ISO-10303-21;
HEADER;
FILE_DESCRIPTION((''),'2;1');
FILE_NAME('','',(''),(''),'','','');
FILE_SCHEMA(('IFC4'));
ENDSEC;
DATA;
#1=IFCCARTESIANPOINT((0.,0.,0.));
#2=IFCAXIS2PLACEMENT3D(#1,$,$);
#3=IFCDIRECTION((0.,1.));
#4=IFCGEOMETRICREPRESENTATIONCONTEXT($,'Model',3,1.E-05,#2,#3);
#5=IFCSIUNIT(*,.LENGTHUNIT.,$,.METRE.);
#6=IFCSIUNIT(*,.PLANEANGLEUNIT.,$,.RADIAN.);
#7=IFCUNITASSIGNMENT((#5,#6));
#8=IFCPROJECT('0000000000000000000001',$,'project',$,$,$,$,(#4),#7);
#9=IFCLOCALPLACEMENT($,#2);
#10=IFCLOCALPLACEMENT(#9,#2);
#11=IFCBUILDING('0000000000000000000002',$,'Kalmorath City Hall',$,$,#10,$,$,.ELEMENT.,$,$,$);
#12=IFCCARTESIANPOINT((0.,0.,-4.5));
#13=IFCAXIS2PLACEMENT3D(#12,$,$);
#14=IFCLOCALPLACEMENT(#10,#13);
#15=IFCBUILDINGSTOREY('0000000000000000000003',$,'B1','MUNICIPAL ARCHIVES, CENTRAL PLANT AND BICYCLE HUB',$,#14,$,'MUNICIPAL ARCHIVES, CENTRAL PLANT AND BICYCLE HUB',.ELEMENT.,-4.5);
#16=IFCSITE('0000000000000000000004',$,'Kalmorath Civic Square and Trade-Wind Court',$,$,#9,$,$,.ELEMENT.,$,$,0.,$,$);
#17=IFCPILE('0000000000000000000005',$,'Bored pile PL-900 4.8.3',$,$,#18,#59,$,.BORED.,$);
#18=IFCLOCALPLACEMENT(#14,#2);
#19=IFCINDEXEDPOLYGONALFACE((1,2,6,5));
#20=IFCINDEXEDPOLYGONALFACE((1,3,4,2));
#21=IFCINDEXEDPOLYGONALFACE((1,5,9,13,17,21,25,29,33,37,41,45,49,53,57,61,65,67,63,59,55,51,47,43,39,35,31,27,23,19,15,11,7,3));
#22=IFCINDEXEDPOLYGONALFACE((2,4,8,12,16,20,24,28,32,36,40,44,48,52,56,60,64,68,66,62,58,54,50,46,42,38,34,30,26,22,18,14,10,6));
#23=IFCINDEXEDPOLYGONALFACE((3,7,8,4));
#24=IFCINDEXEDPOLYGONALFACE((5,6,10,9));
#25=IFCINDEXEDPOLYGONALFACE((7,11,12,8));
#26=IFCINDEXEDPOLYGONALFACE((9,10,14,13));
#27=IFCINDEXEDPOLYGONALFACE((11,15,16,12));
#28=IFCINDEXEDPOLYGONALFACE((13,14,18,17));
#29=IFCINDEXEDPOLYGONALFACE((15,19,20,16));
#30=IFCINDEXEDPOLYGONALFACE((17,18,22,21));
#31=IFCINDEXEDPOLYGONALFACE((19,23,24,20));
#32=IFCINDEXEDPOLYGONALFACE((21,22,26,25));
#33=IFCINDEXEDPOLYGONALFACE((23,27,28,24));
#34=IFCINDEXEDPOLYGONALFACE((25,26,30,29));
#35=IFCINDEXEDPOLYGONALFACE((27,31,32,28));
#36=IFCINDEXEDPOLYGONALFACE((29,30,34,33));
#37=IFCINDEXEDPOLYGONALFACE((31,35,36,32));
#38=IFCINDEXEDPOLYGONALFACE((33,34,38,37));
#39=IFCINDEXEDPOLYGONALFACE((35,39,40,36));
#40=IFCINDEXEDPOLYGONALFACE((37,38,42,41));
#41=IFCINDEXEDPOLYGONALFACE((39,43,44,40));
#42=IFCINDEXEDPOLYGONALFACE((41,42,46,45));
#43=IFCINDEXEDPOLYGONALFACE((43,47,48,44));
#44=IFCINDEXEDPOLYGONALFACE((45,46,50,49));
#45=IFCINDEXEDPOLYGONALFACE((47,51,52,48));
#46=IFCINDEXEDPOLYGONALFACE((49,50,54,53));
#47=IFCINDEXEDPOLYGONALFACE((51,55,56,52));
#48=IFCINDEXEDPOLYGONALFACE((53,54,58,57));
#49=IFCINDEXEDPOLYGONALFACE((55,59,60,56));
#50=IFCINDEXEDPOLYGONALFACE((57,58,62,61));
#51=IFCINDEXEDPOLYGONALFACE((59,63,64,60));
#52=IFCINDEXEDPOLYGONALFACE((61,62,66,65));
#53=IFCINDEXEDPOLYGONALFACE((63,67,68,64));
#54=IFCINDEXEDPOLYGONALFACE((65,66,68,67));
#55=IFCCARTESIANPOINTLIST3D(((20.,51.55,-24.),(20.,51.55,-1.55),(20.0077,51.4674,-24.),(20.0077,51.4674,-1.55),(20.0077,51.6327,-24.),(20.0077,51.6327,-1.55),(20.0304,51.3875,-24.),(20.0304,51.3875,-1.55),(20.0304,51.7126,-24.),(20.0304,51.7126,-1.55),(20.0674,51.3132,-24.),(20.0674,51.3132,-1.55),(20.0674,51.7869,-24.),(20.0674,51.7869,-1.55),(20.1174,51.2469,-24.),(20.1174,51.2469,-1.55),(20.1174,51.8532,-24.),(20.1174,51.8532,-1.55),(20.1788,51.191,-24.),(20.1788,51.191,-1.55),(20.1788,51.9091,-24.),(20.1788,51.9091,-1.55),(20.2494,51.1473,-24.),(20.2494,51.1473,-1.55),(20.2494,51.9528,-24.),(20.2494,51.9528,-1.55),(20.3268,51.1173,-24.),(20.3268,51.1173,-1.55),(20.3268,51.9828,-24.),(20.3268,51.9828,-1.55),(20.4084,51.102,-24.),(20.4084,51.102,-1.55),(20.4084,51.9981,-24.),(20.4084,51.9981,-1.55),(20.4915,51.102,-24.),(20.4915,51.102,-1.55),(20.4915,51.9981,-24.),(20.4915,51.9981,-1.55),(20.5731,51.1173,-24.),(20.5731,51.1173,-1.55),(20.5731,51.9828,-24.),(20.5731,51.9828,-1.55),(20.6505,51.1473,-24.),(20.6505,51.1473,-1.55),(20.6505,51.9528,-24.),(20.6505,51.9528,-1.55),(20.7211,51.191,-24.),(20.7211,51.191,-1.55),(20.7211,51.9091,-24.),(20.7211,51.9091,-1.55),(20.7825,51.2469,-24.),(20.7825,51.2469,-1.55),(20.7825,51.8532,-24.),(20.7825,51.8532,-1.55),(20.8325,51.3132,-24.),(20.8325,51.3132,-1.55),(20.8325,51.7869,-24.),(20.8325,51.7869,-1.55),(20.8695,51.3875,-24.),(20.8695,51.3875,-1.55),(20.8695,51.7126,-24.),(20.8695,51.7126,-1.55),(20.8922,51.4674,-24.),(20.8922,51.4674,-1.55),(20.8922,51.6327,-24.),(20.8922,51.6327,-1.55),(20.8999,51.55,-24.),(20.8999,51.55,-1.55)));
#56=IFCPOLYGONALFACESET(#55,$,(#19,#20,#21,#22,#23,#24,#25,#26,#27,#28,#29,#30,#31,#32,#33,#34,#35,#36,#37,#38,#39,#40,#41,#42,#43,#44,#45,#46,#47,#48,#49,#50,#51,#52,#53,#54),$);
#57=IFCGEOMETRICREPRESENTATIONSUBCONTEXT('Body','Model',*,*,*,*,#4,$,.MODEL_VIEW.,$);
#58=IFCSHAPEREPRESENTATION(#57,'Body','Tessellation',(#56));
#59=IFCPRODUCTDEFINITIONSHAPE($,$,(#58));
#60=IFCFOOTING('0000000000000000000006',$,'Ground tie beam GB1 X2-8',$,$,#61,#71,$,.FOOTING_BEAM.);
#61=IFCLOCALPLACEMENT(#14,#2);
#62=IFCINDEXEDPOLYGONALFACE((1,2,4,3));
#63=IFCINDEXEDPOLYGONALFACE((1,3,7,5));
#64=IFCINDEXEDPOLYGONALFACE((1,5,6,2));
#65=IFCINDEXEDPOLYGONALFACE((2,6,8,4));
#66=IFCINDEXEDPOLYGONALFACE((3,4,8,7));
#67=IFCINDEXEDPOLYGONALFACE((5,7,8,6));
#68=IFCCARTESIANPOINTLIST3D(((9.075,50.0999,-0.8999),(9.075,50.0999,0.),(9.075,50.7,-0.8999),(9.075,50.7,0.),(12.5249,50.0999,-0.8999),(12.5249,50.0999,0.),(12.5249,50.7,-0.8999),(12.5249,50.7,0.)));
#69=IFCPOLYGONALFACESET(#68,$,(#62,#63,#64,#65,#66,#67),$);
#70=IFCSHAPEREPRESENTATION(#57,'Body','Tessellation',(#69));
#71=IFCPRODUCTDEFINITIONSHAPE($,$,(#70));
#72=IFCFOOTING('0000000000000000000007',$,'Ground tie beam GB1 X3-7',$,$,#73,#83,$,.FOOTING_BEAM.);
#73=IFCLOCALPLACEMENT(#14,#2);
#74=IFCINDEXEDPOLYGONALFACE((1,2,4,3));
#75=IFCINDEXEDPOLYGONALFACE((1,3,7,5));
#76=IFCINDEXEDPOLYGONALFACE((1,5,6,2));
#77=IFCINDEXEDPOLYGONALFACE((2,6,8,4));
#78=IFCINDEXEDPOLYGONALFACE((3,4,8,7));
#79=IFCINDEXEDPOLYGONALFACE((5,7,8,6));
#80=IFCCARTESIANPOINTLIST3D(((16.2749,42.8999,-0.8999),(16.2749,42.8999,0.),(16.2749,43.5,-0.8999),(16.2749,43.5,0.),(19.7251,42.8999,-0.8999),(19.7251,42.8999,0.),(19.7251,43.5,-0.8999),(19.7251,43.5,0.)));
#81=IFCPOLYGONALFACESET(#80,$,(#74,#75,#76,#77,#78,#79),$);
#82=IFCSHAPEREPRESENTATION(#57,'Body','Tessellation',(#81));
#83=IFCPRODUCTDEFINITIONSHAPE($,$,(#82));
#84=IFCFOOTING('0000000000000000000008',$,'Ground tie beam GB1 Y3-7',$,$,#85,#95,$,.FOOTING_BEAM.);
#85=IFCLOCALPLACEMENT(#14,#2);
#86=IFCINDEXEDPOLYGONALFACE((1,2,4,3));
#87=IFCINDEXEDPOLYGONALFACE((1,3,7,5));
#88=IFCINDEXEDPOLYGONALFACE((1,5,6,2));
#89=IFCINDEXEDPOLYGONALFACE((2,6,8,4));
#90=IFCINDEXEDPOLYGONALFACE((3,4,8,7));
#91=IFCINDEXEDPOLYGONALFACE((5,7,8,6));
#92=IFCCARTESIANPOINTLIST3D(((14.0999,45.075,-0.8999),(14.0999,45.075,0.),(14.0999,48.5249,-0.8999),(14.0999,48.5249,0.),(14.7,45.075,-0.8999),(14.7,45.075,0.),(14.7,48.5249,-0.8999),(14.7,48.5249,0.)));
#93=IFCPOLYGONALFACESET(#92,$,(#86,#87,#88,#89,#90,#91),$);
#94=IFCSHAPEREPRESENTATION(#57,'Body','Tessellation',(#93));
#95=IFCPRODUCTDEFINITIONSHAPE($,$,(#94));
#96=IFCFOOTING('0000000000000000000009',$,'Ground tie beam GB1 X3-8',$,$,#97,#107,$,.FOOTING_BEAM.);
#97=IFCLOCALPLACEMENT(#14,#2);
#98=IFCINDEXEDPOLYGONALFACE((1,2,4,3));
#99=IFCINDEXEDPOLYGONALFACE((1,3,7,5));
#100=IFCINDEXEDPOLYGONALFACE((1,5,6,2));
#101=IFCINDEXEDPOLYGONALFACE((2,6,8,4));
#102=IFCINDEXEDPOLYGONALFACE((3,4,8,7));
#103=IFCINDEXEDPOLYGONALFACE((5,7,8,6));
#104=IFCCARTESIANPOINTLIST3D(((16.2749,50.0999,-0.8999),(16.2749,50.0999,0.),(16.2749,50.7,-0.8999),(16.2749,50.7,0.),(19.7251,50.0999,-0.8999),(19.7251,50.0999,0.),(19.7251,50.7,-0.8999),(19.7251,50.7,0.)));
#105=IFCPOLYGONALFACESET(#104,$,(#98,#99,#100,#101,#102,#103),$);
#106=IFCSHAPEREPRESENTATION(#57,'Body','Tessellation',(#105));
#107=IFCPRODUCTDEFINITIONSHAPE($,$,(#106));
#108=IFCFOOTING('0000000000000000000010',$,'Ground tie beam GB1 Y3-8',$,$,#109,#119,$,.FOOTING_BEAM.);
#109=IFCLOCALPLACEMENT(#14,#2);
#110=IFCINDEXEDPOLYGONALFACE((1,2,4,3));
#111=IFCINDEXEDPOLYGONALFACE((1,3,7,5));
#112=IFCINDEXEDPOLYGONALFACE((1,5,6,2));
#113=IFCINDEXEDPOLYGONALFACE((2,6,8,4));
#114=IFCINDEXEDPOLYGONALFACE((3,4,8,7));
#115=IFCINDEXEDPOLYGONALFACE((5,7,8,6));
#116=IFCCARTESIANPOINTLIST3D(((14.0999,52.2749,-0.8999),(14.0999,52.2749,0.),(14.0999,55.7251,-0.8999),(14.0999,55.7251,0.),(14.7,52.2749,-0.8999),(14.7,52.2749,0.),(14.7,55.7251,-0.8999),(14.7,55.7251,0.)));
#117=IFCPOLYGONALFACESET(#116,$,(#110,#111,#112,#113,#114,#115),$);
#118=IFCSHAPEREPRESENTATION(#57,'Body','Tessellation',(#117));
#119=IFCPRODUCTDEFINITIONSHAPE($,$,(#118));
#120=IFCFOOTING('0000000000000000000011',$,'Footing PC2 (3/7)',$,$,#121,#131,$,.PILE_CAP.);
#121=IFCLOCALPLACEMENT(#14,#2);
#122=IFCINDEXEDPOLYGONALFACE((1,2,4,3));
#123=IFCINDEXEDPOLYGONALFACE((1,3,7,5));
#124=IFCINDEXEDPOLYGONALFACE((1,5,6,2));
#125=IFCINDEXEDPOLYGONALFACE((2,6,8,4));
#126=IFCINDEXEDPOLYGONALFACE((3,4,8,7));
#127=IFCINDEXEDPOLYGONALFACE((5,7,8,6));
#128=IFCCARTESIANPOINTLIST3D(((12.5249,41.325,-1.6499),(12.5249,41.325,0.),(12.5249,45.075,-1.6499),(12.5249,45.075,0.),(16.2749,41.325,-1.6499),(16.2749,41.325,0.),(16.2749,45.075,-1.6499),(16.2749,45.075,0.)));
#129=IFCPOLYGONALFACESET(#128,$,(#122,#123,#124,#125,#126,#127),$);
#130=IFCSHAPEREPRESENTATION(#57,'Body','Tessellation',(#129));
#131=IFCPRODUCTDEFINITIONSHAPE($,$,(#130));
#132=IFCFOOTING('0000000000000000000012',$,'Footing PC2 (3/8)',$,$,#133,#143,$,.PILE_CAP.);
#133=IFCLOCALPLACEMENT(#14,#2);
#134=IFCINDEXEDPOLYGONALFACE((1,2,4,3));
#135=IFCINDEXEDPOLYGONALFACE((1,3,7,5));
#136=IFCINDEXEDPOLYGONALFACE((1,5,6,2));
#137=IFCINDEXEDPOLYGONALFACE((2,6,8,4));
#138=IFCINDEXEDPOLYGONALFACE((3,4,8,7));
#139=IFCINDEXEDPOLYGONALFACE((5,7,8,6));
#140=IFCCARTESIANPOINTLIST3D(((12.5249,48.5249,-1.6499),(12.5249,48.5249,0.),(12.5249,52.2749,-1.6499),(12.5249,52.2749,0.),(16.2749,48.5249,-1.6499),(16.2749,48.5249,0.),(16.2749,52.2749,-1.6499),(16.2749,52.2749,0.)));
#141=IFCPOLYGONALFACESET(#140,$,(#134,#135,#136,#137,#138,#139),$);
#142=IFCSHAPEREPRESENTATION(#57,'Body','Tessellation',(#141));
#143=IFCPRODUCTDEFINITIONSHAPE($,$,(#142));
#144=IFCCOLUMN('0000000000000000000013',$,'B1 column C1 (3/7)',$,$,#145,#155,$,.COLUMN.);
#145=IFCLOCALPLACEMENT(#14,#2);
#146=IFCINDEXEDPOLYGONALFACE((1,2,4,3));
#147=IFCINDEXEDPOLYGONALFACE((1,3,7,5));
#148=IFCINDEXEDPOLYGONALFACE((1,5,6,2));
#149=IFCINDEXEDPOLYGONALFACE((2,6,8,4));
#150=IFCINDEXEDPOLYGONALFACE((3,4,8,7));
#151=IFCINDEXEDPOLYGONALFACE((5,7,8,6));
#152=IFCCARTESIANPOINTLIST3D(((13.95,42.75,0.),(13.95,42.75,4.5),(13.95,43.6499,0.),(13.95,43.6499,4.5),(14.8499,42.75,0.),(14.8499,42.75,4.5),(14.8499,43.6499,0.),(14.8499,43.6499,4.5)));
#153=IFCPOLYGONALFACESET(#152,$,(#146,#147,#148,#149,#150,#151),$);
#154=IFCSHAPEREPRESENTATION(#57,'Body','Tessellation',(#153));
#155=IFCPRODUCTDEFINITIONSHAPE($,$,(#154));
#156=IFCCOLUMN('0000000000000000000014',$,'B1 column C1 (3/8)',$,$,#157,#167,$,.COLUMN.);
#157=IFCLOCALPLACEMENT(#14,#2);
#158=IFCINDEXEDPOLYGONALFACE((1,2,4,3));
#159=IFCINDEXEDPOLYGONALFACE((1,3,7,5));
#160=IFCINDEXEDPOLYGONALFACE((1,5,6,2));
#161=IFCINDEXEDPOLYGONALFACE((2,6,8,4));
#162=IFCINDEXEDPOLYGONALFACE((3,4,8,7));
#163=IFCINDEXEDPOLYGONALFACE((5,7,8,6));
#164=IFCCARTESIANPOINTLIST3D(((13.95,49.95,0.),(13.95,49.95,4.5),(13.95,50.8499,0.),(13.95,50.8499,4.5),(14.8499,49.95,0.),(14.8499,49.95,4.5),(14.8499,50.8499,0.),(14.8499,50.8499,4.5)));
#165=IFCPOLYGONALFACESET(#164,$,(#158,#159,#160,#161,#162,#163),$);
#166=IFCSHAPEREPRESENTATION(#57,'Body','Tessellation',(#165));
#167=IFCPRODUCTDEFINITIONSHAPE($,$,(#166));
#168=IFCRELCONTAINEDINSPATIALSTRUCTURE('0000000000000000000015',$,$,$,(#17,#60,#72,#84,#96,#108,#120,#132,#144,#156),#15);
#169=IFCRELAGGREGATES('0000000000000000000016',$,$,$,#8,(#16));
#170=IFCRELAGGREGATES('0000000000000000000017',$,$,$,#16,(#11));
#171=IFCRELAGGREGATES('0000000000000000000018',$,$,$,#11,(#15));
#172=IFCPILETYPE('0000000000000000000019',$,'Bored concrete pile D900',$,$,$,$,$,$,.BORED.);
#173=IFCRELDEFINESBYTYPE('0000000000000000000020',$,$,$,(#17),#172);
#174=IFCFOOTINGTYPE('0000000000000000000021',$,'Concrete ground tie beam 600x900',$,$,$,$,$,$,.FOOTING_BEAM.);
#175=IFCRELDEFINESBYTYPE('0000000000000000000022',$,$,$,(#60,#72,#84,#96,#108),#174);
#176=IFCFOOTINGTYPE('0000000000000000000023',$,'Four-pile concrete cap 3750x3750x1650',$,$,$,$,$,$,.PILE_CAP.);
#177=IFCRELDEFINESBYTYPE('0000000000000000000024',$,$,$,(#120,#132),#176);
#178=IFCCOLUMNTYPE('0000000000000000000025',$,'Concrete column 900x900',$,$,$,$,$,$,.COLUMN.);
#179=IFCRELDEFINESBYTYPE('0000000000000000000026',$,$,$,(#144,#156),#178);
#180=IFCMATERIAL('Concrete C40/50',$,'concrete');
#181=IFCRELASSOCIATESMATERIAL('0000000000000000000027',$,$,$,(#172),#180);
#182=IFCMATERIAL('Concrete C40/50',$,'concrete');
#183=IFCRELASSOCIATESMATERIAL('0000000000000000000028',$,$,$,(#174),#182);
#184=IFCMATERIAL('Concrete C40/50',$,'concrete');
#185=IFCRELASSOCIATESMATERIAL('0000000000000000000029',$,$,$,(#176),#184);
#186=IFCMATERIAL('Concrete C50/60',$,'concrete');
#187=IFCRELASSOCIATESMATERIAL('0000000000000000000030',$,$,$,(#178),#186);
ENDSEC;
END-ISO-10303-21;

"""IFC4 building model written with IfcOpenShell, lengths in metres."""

from ifc_helpers import new_model, si_unit, direction, frame, origin, origin_2d, place, context, subcontext, project, spatial, rectangle, circle, extrude, material, material_profile, profile_set, type_object, element, save


model = new_model("IFC4")

# Units and contexts
model_context = context("Model", 3, precision=1e-05, world=origin(), true_north=direction((0.0, 1.0)))
body_context = subcontext(model_context, "Body", "Model", "MODEL_VIEW")
ifc_project = project(units=[si_unit("LENGTHUNIT", "METRE"), si_unit("PLANEANGLEUNIT", "RADIAN")], contexts=[model_context])

# Site, building, storey
site_placement = place(None, origin())
site = spatial("IfcSite", under=ifc_project, at=site_placement, Name="Kalmorath Civic Square and Trade-Wind Court", CompositionType="ELEMENT", RefElevation=0.0)
building_placement = place(site_placement, origin())
building = spatial("IfcBuilding", under=site, at=building_placement, Name="Kalmorath City Hall", CompositionType="ELEMENT")
storey_placement = place(building_placement, frame((0.0, 0.0, -4.5)))
storey = spatial("IfcBuildingStorey", under=building, at=storey_placement, Name="B1", Description="MUNICIPAL ARCHIVES, CENTRAL PLANT AND BICYCLE HUB", LongName="MUNICIPAL ARCHIVES, CENTRAL PLANT AND BICYCLE HUB", CompositionType="ELEMENT", Elevation=-4.5)

# Pile
ifc_material_1 = material(Name="Concrete C40/50", Category="concrete")
ifc_material_profile_1 = material_profile(ifc_material_1, circle(Radius=0.45, at=origin_2d()), Name="PILE-D900")
ifc_profile_set_1 = profile_set([ifc_material_profile_1], Name="Concrete C40/50")
pile_type = type_object("IfcPileType", Name="Bored concrete pile D900", PredefinedType="BORED", material=ifc_profile_set_1)
for number, where, z_axis, x_axis, name in (
    (1, (20.45, 51.55, -1.55), (0.0, 0.0, -1.0), (1.0, 0.0, 0.0), "Bored pile PL-900 4.8.3"),
):
    element("IfcPile", number, at=place(storey_placement, frame(where, z_axis=z_axis, x_axis=x_axis)), inside=storey, type_object=pile_type, Name=name, PredefinedType="BORED", context=body_context, shape_type="SweptSolid", body=[
        extrude(circle(Radius=0.45, at=origin_2d()), origin(), (0.0, 0.0, 1.0), 22.45),
    ])

# Footings
ifc_material_2 = material(Name="Concrete C40/50", Category="concrete")
ifc_material_profile_2 = material_profile(ifc_material_2, rectangle(XDim=0.6001, YDim=0.8999, at=origin_2d()), Name="RC-BM-600X900")
ifc_profile_set_2 = profile_set([ifc_material_profile_2], Name="Concrete C40/50")
footing_type_1 = type_object("IfcFootingType", Name="Concrete ground tie beam 600x900", PredefinedType="FOOTING_BEAM", material=ifc_profile_set_2)
footing_1_placement = place(storey_placement, frame((9.075, 50.3999, -0.45), z_axis=(1.0, 0.0, 0.0), x_axis=(0.0, 1.0, 0.0)))
element("IfcFooting", 2, at=footing_1_placement, inside=storey, type_object=footing_type_1, Name="Ground tie beam GB1 X2-8", PredefinedType="FOOTING_BEAM", context=body_context, shape_type="SweptSolid", body=[
    extrude(rectangle(XDim=0.6001, YDim=0.8999, at=origin_2d()), origin(), (0.0, 0.0, 1.0), 3.45),
])
footing_2_placement = place(storey_placement, frame((16.2749, 43.2, -0.45), z_axis=(1.0, 0.0, 0.0), x_axis=(0.0, 1.0, 0.0)))
element("IfcFooting", 3, at=footing_2_placement, inside=storey, type_object=footing_type_1, Name="Ground tie beam GB1 X3-7", PredefinedType="FOOTING_BEAM", context=body_context, shape_type="SweptSolid", body=[
    extrude(rectangle(XDim=0.6001, YDim=0.8999, at=origin_2d()), origin(), (0.0, 0.0, 1.0), 3.4502),
])
footing_3_placement = place(storey_placement, frame((14.3999, 45.075, -0.45), z_axis=(0.0, 1.0, 0.0), x_axis=(-1.0, 0.0, 0.0)))
element("IfcFooting", 4, at=footing_3_placement, inside=storey, type_object=footing_type_1, Name="Ground tie beam GB1 Y3-7", PredefinedType="FOOTING_BEAM", context=body_context, shape_type="SweptSolid", body=[
    extrude(rectangle(XDim=0.6001, YDim=0.8999, at=origin_2d()), origin(), (0.0, 0.0, 1.0), 3.45),
])
for number, where, z_axis, x_axis, name in (
    (5, (16.2749, 50.3999, -0.45), (1.0, 0.0, 0.0), (0.0, 1.0, 0.0), "Ground tie beam GB1 X3-8"),
    (6, (14.3999, 52.2749, -0.45), (0.0, 1.0, 0.0), (-1.0, 0.0, 0.0), "Ground tie beam GB1 Y3-8"),
):
    element("IfcFooting", number, at=place(storey_placement, frame(where, z_axis=z_axis, x_axis=x_axis)), inside=storey, type_object=footing_type_1, Name=name, PredefinedType="FOOTING_BEAM", context=body_context, shape_type="SweptSolid", body=[
        extrude(rectangle(XDim=0.6001, YDim=0.8999, at=origin_2d()), origin(), (0.0, 0.0, 1.0), 3.4502),
    ])
ifc_material_3 = material(Name="Concrete C40/50", Category="concrete")
footing_type_2 = type_object("IfcFootingType", Name="Four-pile concrete cap 3750x3750x1650", PredefinedType="PILE_CAP", material=ifc_material_3)
for number, where, z_axis, x_axis, name in (
    (7, (14.3999, 43.2, -1.6499), (0.0, 0.0, 1.0), (1.0, 0.0, 0.0), "Footing PC2 (3/7)"),
    (8, (14.3999, 50.3999, -1.6499), (0.0, 0.0, 1.0), (1.0, 0.0, 0.0), "Footing PC2 (3/8)"),
):
    element("IfcFooting", number, at=place(storey_placement, frame(where, z_axis=z_axis, x_axis=x_axis)), inside=storey, type_object=footing_type_2, Name=name, PredefinedType="PILE_CAP", context=body_context, shape_type="SweptSolid", body=[
        extrude(rectangle(XDim=3.75, YDim=3.75, at=origin_2d()), origin(), (0.0, 0.0, 1.0), 1.6499),
    ])

# Columns
ifc_material_4 = material(Name="Concrete C50/60", Category="concrete")
ifc_material_profile_3 = material_profile(ifc_material_4, rectangle(XDim=0.8999, YDim=0.8999, at=origin_2d()), Name="RC-COL-900X900")
ifc_profile_set_3 = profile_set([ifc_material_profile_3], Name="Concrete C50/60")
column_type = type_object("IfcColumnType", Name="Concrete column 900x900", PredefinedType="COLUMN", material=ifc_profile_set_3)
for number, where, z_axis, x_axis, name in (
    (9, (14.3999, 43.2, 0.0), (0.0, 0.0, 1.0), (1.0, 0.0, 0.0), "B1 column C1 (3/7)"),
    (10, (14.3999, 50.3999, 0.0), (0.0, 0.0, 1.0), (1.0, 0.0, 0.0), "B1 column C1 (3/8)"),
):
    element("IfcColumn", number, at=place(storey_placement, frame(where, z_axis=z_axis, x_axis=x_axis)), inside=storey, type_object=column_type, Name=name, PredefinedType="COLUMN", context=body_context, shape_type="SweptSolid", body=[
        extrude(rectangle(XDim=0.8999, YDim=0.8999, at=origin_2d()), origin(), (0.0, 0.0, 1.0), 4.5),
    ])

save(model, "model.ifc")
